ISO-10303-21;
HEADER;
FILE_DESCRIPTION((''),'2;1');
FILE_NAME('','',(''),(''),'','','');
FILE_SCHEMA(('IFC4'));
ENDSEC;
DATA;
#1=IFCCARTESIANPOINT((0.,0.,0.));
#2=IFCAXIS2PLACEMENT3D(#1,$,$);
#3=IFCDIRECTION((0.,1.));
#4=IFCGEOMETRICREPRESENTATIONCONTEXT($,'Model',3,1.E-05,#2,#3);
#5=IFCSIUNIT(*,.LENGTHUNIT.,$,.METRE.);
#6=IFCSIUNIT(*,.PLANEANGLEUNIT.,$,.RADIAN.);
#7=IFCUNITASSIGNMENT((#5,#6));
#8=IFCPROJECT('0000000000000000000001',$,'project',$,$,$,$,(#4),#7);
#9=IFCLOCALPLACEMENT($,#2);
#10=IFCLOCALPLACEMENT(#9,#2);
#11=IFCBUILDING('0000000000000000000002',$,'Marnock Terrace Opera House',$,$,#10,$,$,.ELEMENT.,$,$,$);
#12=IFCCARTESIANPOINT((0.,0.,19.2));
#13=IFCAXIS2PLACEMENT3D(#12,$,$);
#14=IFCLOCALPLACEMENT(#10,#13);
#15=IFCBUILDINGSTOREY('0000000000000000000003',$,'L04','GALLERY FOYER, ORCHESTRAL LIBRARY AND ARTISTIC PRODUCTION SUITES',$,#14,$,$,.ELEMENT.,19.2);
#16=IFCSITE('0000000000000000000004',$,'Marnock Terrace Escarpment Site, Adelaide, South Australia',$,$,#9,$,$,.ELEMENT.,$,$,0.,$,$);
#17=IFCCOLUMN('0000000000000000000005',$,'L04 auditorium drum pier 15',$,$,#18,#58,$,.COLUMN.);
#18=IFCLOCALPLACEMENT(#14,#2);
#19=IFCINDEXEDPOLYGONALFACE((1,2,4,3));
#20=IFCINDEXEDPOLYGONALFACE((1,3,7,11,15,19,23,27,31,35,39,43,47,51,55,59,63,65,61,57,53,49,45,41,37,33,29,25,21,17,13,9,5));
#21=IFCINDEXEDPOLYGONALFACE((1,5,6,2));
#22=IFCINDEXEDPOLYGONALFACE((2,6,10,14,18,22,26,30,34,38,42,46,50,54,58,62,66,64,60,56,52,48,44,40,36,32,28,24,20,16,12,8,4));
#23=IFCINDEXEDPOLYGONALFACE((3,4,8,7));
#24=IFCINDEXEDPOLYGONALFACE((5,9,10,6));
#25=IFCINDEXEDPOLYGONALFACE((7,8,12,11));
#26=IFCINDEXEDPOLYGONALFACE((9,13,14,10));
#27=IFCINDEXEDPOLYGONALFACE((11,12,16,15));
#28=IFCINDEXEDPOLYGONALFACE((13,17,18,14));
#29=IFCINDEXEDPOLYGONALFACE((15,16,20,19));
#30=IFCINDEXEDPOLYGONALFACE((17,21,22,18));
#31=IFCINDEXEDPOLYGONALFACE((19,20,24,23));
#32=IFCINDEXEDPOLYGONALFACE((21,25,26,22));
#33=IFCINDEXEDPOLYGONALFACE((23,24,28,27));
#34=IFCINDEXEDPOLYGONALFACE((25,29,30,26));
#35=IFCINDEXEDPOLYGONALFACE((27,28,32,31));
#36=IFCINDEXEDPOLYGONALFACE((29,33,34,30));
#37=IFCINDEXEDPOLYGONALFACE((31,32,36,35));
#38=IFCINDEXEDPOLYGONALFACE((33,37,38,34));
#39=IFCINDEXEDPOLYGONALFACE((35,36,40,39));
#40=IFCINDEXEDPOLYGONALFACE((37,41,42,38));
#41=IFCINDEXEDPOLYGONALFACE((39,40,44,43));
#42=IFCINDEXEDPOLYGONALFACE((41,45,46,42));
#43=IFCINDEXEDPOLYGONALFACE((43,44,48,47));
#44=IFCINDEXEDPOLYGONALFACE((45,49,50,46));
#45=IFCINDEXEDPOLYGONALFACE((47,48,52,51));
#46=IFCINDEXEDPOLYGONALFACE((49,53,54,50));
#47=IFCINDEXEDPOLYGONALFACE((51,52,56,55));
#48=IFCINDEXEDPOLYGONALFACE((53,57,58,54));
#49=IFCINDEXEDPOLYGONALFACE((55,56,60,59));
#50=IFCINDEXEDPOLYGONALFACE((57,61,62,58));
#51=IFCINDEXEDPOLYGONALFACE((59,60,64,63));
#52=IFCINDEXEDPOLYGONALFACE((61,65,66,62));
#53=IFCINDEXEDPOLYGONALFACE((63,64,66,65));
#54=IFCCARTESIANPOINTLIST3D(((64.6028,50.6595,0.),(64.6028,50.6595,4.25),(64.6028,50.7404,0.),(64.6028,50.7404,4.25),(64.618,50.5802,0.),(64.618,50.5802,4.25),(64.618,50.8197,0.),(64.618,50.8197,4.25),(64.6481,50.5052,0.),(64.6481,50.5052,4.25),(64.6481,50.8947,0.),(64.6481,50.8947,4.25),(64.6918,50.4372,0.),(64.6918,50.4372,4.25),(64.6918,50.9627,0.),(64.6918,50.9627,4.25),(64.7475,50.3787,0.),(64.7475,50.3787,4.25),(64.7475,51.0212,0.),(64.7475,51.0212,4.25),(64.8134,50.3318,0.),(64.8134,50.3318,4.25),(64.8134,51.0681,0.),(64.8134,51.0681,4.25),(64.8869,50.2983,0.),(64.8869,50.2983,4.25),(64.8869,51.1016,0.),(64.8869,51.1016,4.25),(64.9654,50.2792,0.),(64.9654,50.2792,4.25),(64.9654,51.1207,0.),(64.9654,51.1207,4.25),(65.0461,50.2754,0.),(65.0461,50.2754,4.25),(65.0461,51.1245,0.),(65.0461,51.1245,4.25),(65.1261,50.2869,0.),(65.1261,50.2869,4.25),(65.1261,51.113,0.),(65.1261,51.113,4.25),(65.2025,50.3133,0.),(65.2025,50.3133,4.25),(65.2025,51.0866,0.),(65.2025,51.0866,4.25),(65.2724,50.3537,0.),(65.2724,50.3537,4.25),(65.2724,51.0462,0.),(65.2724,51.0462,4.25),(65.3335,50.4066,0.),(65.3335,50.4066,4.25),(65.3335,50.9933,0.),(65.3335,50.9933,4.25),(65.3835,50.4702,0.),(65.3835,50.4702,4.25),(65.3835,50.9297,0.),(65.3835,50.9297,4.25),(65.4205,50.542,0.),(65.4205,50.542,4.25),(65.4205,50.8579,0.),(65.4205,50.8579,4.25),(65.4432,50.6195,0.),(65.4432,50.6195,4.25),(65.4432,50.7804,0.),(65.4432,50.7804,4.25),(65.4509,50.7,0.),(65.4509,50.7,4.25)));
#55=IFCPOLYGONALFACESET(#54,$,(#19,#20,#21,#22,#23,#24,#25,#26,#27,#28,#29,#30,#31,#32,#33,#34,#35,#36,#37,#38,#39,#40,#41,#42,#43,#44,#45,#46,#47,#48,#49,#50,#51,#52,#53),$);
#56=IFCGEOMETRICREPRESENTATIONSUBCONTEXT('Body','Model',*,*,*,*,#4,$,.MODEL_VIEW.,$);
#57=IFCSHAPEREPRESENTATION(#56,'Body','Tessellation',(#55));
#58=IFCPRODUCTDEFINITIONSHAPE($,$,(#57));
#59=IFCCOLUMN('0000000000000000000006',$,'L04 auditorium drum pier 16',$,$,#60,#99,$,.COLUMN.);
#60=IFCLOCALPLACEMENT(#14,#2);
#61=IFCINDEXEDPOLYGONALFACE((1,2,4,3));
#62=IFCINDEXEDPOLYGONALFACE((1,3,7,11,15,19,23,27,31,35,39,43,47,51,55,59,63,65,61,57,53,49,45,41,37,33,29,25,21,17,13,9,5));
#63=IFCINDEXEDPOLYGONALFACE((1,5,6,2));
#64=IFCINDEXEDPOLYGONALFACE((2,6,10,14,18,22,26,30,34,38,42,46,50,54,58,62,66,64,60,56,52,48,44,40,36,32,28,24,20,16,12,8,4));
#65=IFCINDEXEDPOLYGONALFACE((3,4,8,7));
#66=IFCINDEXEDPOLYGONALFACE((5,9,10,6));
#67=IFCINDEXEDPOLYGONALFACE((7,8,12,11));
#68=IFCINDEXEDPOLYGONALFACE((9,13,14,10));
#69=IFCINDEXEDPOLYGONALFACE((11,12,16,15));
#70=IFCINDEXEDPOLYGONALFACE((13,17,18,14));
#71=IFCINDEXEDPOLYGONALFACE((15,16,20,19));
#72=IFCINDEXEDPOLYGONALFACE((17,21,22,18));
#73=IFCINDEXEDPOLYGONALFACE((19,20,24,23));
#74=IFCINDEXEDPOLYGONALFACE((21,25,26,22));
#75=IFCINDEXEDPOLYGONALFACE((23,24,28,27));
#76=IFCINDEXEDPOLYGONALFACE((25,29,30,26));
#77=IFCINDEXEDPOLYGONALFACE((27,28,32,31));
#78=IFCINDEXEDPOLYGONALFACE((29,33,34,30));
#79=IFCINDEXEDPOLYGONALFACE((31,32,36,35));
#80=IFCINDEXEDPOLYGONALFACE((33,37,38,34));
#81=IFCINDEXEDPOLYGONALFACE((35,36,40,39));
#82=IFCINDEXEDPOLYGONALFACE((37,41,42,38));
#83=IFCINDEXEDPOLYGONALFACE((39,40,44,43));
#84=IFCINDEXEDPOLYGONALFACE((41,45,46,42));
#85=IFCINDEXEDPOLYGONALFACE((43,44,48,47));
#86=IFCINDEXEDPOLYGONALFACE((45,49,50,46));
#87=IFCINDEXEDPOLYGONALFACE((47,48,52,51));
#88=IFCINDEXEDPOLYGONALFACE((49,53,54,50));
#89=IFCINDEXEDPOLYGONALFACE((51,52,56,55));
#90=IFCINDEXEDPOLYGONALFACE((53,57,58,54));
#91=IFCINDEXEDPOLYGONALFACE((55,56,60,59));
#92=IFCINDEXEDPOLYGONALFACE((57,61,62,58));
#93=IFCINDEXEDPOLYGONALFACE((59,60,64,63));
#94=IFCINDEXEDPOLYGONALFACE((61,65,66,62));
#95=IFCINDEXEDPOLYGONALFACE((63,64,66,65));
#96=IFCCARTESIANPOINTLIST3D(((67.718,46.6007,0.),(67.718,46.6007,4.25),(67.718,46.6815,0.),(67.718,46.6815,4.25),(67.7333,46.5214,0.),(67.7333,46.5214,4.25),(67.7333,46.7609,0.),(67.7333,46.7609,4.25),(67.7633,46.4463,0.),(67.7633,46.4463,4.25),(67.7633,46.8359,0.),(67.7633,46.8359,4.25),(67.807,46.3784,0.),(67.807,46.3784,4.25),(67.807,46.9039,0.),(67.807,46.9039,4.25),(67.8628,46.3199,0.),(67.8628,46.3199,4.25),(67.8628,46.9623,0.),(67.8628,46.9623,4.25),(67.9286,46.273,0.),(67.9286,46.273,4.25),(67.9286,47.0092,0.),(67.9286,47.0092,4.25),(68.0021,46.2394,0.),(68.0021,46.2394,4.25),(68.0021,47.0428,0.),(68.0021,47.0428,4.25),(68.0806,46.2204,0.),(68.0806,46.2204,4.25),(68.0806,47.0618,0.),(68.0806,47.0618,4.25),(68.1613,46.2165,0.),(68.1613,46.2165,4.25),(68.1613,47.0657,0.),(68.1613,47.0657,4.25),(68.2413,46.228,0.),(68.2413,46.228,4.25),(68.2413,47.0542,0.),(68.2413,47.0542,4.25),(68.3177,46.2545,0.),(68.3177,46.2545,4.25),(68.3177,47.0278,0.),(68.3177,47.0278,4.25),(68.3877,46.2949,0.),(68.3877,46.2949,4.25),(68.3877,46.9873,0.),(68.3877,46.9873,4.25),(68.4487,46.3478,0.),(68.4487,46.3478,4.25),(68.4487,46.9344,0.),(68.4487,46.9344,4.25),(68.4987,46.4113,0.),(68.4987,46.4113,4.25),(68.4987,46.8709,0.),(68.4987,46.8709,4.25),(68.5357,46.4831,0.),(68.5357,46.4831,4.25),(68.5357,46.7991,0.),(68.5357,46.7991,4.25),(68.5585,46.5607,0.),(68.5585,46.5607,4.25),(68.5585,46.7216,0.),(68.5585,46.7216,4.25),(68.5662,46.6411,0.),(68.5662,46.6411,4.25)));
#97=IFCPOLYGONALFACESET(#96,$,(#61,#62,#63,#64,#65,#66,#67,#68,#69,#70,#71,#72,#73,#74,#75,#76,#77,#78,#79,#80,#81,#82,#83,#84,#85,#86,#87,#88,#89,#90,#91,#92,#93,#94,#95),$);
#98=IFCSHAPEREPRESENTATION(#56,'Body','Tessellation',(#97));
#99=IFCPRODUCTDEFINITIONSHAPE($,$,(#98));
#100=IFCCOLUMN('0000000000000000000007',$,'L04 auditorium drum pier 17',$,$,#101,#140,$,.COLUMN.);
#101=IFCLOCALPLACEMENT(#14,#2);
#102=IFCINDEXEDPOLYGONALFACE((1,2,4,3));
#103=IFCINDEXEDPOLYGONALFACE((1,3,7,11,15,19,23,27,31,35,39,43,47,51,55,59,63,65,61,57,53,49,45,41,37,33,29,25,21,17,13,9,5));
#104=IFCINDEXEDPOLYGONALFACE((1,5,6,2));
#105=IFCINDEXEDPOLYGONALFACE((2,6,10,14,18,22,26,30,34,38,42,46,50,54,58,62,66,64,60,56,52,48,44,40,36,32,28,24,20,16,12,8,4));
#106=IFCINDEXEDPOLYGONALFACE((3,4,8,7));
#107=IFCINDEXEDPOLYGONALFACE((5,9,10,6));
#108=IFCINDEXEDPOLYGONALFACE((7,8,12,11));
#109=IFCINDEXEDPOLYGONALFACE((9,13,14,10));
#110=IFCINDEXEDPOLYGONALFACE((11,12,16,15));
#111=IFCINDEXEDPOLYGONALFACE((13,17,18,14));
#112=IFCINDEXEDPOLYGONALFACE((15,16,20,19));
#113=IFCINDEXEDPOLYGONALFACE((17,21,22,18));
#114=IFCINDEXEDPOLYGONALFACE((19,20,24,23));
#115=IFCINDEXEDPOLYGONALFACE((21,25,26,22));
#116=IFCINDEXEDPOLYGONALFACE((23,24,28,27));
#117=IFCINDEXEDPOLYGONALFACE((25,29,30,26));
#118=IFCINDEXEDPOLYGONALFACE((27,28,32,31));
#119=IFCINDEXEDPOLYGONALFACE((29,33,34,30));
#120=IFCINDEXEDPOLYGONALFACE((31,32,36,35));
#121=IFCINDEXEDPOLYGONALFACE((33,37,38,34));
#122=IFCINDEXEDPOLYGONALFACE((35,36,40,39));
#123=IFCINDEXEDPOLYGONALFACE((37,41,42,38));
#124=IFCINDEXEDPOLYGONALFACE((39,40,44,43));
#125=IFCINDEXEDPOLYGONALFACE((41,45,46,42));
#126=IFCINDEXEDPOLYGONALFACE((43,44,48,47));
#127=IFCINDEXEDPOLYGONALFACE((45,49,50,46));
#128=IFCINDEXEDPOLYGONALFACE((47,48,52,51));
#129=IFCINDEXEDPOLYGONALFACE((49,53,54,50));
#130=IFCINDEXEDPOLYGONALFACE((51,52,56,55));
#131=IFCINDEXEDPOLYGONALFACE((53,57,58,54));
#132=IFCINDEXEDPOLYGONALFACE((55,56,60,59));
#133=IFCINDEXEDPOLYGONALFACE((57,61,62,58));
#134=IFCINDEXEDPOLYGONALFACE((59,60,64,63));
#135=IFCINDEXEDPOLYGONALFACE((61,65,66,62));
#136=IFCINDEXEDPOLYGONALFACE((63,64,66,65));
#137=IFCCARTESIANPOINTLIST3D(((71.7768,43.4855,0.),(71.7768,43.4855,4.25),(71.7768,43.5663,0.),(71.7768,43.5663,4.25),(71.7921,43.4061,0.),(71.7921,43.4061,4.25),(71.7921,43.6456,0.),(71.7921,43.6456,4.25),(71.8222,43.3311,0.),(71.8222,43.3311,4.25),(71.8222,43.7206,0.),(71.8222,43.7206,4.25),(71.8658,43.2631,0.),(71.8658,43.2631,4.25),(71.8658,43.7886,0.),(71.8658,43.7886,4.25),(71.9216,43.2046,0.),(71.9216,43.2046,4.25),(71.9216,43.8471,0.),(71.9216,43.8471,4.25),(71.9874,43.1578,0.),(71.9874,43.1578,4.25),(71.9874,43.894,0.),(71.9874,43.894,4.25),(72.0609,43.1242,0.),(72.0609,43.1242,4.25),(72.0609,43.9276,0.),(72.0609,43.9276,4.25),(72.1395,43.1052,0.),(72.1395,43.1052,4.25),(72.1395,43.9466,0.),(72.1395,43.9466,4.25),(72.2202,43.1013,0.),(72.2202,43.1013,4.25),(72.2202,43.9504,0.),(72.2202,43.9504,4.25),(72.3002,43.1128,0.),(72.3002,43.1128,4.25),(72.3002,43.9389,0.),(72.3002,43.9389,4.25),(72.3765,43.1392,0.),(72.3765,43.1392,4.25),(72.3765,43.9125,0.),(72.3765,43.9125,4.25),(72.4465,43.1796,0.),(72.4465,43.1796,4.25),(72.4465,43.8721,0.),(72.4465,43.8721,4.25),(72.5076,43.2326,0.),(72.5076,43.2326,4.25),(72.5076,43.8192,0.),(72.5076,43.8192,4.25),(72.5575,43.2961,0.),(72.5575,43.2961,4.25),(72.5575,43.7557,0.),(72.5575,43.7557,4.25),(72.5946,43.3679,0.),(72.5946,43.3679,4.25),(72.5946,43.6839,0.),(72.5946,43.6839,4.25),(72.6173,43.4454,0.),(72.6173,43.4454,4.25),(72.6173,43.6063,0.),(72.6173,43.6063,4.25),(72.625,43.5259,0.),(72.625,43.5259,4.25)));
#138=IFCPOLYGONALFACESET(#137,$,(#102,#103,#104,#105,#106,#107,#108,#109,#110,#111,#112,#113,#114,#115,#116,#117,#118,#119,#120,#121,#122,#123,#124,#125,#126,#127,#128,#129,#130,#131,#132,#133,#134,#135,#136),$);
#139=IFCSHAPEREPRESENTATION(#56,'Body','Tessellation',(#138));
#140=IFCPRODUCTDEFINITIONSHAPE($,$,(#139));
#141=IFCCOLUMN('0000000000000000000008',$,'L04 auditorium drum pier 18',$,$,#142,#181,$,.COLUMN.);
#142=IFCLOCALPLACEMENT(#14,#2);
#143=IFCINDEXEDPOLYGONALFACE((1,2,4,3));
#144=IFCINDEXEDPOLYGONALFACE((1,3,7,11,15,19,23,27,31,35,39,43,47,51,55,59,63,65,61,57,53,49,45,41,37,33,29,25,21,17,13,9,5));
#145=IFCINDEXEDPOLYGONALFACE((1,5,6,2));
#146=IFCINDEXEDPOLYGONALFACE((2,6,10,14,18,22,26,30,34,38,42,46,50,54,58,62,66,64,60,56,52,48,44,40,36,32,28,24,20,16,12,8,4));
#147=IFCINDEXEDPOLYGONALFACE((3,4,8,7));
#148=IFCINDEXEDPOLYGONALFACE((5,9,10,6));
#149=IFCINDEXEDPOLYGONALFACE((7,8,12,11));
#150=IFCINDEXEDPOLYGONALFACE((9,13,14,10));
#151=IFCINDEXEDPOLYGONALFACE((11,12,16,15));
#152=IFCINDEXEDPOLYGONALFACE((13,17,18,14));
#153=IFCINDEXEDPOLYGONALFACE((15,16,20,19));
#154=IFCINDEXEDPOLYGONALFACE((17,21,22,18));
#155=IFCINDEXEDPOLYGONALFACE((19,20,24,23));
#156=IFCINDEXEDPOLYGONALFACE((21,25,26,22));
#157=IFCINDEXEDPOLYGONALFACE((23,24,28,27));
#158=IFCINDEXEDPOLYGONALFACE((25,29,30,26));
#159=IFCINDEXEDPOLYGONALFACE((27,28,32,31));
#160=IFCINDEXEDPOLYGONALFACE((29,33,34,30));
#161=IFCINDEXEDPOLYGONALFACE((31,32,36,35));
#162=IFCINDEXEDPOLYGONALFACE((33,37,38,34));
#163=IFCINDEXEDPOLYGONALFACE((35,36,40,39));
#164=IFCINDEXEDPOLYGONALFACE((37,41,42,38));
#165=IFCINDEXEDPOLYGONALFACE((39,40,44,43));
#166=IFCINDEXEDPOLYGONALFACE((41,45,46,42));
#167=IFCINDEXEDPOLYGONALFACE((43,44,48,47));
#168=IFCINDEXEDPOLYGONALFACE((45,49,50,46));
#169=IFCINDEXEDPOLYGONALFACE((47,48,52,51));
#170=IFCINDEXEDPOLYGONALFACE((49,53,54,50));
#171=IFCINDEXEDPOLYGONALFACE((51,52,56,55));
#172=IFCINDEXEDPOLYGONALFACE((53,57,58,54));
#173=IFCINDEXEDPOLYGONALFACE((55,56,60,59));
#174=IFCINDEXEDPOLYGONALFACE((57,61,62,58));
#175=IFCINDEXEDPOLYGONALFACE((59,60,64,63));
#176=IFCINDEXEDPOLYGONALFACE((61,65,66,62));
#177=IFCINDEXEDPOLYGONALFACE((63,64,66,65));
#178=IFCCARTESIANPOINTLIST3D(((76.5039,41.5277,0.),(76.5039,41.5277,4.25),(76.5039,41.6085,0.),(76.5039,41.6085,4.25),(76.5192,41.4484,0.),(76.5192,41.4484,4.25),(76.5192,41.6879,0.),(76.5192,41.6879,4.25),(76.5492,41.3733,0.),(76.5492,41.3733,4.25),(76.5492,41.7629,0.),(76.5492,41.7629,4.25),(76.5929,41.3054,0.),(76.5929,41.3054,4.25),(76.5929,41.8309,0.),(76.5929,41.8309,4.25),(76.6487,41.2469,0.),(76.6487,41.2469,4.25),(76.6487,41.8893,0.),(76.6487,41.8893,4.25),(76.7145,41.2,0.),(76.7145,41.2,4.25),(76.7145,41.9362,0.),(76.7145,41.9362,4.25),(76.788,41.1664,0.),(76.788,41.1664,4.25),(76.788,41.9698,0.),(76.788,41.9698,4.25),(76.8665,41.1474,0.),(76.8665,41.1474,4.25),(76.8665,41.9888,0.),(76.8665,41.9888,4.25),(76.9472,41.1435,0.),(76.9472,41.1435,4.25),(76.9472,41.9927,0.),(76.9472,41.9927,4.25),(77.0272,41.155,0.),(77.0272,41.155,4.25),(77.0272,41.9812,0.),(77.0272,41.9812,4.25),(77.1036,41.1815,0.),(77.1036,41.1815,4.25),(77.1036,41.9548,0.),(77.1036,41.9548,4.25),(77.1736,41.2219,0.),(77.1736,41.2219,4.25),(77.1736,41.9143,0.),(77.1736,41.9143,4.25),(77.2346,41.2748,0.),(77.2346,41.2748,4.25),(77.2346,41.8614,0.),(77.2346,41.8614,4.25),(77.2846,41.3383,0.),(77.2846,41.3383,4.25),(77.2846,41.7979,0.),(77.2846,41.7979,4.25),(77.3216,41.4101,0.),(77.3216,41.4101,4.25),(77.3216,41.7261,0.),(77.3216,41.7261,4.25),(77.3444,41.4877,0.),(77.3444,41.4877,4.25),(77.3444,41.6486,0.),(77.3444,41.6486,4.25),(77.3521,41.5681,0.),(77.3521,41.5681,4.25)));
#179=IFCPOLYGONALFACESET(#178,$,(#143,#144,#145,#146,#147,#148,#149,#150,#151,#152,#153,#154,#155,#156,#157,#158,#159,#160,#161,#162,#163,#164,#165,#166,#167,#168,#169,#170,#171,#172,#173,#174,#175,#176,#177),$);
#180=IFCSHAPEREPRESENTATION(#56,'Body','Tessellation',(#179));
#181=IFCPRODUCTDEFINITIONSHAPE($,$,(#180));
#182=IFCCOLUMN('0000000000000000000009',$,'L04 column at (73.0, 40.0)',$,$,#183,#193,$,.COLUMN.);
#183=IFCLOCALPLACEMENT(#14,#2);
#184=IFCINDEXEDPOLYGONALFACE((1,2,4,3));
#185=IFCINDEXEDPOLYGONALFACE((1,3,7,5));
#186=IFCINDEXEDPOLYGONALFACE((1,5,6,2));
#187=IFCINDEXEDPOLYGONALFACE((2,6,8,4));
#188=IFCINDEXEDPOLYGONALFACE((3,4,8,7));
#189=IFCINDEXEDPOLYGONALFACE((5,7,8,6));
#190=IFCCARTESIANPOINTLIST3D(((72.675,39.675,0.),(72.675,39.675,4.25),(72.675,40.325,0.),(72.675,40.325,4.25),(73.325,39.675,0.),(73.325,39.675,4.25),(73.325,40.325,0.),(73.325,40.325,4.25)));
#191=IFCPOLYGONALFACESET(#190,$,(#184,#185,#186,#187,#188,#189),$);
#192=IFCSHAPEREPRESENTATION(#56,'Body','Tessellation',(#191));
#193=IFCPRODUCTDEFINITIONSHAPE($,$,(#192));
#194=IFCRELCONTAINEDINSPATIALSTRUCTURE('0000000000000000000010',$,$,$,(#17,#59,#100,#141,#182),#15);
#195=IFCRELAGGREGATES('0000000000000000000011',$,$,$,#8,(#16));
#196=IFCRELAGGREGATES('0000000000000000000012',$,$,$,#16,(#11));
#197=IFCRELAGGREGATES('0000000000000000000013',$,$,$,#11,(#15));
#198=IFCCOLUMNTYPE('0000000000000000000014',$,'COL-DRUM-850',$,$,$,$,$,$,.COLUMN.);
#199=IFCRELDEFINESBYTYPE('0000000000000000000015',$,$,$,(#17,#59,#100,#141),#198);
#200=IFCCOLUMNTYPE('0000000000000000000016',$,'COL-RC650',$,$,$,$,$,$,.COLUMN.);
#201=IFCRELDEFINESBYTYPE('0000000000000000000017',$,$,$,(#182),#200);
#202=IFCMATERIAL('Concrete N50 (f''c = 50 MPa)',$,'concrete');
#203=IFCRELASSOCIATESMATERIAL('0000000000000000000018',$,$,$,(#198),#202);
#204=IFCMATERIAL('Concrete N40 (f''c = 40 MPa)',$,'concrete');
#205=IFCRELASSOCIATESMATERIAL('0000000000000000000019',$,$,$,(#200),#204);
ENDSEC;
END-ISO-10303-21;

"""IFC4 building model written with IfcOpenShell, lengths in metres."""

from ifc_helpers import new_model, si_unit, direction, frame, origin, origin_2d, place, context, subcontext, project, spatial, rectangle, circle, extrude, material, material_profile, profile_set, type_object, element, save


model = new_model("IFC4")

# Units and contexts
model_context = context("Model", 3, precision=1e-05, world=origin(), true_north=direction((0.0, 1.0)))
body_context = subcontext(model_context, "Body", "Model", "MODEL_VIEW")
ifc_project = project(units=[si_unit("LENGTHUNIT", "METRE"), si_unit("PLANEANGLEUNIT", "RADIAN")], contexts=[model_context])

# Site, building, storey
site_placement = place(None, origin())
site = spatial("IfcSite", under=ifc_project, at=site_placement, Name="Marnock Terrace Escarpment Site, Adelaide, South Australia", CompositionType="ELEMENT", RefElevation=0.0)
building_placement = place(site_placement, origin())
building = spatial("IfcBuilding", under=site, at=building_placement, Name="Marnock Terrace Opera House", CompositionType="ELEMENT")
storey_placement = place(building_placement, frame((0.0, 0.0, 19.2)))
storey = spatial("IfcBuildingStorey", under=building, at=storey_placement, Name="L04", Description="GALLERY FOYER, ORCHESTRAL LIBRARY AND ARTISTIC PRODUCTION SUITES", CompositionType="ELEMENT", Elevation=19.2)

# Columns
ifc_material_1 = material(Name="Concrete N50 (f'c = 50 MPa)", Category="concrete")
ifc_material_profile_1 = material_profile(ifc_material_1, circle(Radius=0.425, at=origin_2d()))
ifc_profile_set_1 = profile_set([ifc_material_profile_1], Name="Concrete N50 (f'c = 50 MPa)")
column_type_1 = type_object("IfcColumnType", Name="COL-DRUM-850", PredefinedType="COLUMN", material=ifc_profile_set_1)
for number, where, z_axis, x_axis, name in (
    (1, (65.0259, 50.7, 0.0), (0.0, 0.0, 1.0), (1.0, 0.0, 0.0), "L04 auditorium drum pier 15"),
    (2, (68.1411, 46.6411, 0.0), (0.0, 0.0, 1.0), (1.0, 0.0, 0.0), "L04 auditorium drum pier 16"),
    (3, (72.2, 43.5259, 0.0), (0.0, 0.0, 1.0), (1.0, 0.0, 0.0), "L04 auditorium drum pier 17"),
    (4, (76.927, 41.5681, 0.0), (0.0, 0.0, 1.0), (1.0, 0.0, 0.0), "L04 auditorium drum pier 18"),
):
    element("IfcColumn", number, at=place(storey_placement, frame(where, z_axis=z_axis, x_axis=x_axis)), inside=storey, type_object=column_type_1, Name=name, PredefinedType="COLUMN", context=body_context, shape_type="SweptSolid", body=[
        extrude(circle(Radius=0.425, at=origin_2d()), origin(), (0.0, 0.0, 1.0), 4.25),
    ])
ifc_material_2 = material(Name="Concrete N40 (f'c = 40 MPa)", Category="concrete")
ifc_material_profile_2 = material_profile(ifc_material_2, rectangle(XDim=0.6499, YDim=0.6499, at=origin_2d()))
ifc_profile_set_2 = profile_set([ifc_material_profile_2], Name="Concrete N40 (f'c = 40 MPa)")
column_type_2 = type_object("IfcColumnType", Name="COL-RC650", PredefinedType="COLUMN", material=ifc_profile_set_2)
column_placement = place(storey_placement, frame((73.0, 40.0, 0.0), z_axis=(0.0, 0.0, 1.0), x_axis=(1.0, 0.0, 0.0)))
element("IfcColumn", 5, at=column_placement, inside=storey, type_object=column_type_2, Name="L04 column at (73.0, 40.0)", PredefinedType="COLUMN", context=body_context, shape_type="SweptSolid", body=[
    extrude(rectangle(XDim=0.6499, YDim=0.6499, at=origin_2d()), origin(), (0.0, 0.0, 1.0), 4.25),
])

save(model, "model.ifc")
